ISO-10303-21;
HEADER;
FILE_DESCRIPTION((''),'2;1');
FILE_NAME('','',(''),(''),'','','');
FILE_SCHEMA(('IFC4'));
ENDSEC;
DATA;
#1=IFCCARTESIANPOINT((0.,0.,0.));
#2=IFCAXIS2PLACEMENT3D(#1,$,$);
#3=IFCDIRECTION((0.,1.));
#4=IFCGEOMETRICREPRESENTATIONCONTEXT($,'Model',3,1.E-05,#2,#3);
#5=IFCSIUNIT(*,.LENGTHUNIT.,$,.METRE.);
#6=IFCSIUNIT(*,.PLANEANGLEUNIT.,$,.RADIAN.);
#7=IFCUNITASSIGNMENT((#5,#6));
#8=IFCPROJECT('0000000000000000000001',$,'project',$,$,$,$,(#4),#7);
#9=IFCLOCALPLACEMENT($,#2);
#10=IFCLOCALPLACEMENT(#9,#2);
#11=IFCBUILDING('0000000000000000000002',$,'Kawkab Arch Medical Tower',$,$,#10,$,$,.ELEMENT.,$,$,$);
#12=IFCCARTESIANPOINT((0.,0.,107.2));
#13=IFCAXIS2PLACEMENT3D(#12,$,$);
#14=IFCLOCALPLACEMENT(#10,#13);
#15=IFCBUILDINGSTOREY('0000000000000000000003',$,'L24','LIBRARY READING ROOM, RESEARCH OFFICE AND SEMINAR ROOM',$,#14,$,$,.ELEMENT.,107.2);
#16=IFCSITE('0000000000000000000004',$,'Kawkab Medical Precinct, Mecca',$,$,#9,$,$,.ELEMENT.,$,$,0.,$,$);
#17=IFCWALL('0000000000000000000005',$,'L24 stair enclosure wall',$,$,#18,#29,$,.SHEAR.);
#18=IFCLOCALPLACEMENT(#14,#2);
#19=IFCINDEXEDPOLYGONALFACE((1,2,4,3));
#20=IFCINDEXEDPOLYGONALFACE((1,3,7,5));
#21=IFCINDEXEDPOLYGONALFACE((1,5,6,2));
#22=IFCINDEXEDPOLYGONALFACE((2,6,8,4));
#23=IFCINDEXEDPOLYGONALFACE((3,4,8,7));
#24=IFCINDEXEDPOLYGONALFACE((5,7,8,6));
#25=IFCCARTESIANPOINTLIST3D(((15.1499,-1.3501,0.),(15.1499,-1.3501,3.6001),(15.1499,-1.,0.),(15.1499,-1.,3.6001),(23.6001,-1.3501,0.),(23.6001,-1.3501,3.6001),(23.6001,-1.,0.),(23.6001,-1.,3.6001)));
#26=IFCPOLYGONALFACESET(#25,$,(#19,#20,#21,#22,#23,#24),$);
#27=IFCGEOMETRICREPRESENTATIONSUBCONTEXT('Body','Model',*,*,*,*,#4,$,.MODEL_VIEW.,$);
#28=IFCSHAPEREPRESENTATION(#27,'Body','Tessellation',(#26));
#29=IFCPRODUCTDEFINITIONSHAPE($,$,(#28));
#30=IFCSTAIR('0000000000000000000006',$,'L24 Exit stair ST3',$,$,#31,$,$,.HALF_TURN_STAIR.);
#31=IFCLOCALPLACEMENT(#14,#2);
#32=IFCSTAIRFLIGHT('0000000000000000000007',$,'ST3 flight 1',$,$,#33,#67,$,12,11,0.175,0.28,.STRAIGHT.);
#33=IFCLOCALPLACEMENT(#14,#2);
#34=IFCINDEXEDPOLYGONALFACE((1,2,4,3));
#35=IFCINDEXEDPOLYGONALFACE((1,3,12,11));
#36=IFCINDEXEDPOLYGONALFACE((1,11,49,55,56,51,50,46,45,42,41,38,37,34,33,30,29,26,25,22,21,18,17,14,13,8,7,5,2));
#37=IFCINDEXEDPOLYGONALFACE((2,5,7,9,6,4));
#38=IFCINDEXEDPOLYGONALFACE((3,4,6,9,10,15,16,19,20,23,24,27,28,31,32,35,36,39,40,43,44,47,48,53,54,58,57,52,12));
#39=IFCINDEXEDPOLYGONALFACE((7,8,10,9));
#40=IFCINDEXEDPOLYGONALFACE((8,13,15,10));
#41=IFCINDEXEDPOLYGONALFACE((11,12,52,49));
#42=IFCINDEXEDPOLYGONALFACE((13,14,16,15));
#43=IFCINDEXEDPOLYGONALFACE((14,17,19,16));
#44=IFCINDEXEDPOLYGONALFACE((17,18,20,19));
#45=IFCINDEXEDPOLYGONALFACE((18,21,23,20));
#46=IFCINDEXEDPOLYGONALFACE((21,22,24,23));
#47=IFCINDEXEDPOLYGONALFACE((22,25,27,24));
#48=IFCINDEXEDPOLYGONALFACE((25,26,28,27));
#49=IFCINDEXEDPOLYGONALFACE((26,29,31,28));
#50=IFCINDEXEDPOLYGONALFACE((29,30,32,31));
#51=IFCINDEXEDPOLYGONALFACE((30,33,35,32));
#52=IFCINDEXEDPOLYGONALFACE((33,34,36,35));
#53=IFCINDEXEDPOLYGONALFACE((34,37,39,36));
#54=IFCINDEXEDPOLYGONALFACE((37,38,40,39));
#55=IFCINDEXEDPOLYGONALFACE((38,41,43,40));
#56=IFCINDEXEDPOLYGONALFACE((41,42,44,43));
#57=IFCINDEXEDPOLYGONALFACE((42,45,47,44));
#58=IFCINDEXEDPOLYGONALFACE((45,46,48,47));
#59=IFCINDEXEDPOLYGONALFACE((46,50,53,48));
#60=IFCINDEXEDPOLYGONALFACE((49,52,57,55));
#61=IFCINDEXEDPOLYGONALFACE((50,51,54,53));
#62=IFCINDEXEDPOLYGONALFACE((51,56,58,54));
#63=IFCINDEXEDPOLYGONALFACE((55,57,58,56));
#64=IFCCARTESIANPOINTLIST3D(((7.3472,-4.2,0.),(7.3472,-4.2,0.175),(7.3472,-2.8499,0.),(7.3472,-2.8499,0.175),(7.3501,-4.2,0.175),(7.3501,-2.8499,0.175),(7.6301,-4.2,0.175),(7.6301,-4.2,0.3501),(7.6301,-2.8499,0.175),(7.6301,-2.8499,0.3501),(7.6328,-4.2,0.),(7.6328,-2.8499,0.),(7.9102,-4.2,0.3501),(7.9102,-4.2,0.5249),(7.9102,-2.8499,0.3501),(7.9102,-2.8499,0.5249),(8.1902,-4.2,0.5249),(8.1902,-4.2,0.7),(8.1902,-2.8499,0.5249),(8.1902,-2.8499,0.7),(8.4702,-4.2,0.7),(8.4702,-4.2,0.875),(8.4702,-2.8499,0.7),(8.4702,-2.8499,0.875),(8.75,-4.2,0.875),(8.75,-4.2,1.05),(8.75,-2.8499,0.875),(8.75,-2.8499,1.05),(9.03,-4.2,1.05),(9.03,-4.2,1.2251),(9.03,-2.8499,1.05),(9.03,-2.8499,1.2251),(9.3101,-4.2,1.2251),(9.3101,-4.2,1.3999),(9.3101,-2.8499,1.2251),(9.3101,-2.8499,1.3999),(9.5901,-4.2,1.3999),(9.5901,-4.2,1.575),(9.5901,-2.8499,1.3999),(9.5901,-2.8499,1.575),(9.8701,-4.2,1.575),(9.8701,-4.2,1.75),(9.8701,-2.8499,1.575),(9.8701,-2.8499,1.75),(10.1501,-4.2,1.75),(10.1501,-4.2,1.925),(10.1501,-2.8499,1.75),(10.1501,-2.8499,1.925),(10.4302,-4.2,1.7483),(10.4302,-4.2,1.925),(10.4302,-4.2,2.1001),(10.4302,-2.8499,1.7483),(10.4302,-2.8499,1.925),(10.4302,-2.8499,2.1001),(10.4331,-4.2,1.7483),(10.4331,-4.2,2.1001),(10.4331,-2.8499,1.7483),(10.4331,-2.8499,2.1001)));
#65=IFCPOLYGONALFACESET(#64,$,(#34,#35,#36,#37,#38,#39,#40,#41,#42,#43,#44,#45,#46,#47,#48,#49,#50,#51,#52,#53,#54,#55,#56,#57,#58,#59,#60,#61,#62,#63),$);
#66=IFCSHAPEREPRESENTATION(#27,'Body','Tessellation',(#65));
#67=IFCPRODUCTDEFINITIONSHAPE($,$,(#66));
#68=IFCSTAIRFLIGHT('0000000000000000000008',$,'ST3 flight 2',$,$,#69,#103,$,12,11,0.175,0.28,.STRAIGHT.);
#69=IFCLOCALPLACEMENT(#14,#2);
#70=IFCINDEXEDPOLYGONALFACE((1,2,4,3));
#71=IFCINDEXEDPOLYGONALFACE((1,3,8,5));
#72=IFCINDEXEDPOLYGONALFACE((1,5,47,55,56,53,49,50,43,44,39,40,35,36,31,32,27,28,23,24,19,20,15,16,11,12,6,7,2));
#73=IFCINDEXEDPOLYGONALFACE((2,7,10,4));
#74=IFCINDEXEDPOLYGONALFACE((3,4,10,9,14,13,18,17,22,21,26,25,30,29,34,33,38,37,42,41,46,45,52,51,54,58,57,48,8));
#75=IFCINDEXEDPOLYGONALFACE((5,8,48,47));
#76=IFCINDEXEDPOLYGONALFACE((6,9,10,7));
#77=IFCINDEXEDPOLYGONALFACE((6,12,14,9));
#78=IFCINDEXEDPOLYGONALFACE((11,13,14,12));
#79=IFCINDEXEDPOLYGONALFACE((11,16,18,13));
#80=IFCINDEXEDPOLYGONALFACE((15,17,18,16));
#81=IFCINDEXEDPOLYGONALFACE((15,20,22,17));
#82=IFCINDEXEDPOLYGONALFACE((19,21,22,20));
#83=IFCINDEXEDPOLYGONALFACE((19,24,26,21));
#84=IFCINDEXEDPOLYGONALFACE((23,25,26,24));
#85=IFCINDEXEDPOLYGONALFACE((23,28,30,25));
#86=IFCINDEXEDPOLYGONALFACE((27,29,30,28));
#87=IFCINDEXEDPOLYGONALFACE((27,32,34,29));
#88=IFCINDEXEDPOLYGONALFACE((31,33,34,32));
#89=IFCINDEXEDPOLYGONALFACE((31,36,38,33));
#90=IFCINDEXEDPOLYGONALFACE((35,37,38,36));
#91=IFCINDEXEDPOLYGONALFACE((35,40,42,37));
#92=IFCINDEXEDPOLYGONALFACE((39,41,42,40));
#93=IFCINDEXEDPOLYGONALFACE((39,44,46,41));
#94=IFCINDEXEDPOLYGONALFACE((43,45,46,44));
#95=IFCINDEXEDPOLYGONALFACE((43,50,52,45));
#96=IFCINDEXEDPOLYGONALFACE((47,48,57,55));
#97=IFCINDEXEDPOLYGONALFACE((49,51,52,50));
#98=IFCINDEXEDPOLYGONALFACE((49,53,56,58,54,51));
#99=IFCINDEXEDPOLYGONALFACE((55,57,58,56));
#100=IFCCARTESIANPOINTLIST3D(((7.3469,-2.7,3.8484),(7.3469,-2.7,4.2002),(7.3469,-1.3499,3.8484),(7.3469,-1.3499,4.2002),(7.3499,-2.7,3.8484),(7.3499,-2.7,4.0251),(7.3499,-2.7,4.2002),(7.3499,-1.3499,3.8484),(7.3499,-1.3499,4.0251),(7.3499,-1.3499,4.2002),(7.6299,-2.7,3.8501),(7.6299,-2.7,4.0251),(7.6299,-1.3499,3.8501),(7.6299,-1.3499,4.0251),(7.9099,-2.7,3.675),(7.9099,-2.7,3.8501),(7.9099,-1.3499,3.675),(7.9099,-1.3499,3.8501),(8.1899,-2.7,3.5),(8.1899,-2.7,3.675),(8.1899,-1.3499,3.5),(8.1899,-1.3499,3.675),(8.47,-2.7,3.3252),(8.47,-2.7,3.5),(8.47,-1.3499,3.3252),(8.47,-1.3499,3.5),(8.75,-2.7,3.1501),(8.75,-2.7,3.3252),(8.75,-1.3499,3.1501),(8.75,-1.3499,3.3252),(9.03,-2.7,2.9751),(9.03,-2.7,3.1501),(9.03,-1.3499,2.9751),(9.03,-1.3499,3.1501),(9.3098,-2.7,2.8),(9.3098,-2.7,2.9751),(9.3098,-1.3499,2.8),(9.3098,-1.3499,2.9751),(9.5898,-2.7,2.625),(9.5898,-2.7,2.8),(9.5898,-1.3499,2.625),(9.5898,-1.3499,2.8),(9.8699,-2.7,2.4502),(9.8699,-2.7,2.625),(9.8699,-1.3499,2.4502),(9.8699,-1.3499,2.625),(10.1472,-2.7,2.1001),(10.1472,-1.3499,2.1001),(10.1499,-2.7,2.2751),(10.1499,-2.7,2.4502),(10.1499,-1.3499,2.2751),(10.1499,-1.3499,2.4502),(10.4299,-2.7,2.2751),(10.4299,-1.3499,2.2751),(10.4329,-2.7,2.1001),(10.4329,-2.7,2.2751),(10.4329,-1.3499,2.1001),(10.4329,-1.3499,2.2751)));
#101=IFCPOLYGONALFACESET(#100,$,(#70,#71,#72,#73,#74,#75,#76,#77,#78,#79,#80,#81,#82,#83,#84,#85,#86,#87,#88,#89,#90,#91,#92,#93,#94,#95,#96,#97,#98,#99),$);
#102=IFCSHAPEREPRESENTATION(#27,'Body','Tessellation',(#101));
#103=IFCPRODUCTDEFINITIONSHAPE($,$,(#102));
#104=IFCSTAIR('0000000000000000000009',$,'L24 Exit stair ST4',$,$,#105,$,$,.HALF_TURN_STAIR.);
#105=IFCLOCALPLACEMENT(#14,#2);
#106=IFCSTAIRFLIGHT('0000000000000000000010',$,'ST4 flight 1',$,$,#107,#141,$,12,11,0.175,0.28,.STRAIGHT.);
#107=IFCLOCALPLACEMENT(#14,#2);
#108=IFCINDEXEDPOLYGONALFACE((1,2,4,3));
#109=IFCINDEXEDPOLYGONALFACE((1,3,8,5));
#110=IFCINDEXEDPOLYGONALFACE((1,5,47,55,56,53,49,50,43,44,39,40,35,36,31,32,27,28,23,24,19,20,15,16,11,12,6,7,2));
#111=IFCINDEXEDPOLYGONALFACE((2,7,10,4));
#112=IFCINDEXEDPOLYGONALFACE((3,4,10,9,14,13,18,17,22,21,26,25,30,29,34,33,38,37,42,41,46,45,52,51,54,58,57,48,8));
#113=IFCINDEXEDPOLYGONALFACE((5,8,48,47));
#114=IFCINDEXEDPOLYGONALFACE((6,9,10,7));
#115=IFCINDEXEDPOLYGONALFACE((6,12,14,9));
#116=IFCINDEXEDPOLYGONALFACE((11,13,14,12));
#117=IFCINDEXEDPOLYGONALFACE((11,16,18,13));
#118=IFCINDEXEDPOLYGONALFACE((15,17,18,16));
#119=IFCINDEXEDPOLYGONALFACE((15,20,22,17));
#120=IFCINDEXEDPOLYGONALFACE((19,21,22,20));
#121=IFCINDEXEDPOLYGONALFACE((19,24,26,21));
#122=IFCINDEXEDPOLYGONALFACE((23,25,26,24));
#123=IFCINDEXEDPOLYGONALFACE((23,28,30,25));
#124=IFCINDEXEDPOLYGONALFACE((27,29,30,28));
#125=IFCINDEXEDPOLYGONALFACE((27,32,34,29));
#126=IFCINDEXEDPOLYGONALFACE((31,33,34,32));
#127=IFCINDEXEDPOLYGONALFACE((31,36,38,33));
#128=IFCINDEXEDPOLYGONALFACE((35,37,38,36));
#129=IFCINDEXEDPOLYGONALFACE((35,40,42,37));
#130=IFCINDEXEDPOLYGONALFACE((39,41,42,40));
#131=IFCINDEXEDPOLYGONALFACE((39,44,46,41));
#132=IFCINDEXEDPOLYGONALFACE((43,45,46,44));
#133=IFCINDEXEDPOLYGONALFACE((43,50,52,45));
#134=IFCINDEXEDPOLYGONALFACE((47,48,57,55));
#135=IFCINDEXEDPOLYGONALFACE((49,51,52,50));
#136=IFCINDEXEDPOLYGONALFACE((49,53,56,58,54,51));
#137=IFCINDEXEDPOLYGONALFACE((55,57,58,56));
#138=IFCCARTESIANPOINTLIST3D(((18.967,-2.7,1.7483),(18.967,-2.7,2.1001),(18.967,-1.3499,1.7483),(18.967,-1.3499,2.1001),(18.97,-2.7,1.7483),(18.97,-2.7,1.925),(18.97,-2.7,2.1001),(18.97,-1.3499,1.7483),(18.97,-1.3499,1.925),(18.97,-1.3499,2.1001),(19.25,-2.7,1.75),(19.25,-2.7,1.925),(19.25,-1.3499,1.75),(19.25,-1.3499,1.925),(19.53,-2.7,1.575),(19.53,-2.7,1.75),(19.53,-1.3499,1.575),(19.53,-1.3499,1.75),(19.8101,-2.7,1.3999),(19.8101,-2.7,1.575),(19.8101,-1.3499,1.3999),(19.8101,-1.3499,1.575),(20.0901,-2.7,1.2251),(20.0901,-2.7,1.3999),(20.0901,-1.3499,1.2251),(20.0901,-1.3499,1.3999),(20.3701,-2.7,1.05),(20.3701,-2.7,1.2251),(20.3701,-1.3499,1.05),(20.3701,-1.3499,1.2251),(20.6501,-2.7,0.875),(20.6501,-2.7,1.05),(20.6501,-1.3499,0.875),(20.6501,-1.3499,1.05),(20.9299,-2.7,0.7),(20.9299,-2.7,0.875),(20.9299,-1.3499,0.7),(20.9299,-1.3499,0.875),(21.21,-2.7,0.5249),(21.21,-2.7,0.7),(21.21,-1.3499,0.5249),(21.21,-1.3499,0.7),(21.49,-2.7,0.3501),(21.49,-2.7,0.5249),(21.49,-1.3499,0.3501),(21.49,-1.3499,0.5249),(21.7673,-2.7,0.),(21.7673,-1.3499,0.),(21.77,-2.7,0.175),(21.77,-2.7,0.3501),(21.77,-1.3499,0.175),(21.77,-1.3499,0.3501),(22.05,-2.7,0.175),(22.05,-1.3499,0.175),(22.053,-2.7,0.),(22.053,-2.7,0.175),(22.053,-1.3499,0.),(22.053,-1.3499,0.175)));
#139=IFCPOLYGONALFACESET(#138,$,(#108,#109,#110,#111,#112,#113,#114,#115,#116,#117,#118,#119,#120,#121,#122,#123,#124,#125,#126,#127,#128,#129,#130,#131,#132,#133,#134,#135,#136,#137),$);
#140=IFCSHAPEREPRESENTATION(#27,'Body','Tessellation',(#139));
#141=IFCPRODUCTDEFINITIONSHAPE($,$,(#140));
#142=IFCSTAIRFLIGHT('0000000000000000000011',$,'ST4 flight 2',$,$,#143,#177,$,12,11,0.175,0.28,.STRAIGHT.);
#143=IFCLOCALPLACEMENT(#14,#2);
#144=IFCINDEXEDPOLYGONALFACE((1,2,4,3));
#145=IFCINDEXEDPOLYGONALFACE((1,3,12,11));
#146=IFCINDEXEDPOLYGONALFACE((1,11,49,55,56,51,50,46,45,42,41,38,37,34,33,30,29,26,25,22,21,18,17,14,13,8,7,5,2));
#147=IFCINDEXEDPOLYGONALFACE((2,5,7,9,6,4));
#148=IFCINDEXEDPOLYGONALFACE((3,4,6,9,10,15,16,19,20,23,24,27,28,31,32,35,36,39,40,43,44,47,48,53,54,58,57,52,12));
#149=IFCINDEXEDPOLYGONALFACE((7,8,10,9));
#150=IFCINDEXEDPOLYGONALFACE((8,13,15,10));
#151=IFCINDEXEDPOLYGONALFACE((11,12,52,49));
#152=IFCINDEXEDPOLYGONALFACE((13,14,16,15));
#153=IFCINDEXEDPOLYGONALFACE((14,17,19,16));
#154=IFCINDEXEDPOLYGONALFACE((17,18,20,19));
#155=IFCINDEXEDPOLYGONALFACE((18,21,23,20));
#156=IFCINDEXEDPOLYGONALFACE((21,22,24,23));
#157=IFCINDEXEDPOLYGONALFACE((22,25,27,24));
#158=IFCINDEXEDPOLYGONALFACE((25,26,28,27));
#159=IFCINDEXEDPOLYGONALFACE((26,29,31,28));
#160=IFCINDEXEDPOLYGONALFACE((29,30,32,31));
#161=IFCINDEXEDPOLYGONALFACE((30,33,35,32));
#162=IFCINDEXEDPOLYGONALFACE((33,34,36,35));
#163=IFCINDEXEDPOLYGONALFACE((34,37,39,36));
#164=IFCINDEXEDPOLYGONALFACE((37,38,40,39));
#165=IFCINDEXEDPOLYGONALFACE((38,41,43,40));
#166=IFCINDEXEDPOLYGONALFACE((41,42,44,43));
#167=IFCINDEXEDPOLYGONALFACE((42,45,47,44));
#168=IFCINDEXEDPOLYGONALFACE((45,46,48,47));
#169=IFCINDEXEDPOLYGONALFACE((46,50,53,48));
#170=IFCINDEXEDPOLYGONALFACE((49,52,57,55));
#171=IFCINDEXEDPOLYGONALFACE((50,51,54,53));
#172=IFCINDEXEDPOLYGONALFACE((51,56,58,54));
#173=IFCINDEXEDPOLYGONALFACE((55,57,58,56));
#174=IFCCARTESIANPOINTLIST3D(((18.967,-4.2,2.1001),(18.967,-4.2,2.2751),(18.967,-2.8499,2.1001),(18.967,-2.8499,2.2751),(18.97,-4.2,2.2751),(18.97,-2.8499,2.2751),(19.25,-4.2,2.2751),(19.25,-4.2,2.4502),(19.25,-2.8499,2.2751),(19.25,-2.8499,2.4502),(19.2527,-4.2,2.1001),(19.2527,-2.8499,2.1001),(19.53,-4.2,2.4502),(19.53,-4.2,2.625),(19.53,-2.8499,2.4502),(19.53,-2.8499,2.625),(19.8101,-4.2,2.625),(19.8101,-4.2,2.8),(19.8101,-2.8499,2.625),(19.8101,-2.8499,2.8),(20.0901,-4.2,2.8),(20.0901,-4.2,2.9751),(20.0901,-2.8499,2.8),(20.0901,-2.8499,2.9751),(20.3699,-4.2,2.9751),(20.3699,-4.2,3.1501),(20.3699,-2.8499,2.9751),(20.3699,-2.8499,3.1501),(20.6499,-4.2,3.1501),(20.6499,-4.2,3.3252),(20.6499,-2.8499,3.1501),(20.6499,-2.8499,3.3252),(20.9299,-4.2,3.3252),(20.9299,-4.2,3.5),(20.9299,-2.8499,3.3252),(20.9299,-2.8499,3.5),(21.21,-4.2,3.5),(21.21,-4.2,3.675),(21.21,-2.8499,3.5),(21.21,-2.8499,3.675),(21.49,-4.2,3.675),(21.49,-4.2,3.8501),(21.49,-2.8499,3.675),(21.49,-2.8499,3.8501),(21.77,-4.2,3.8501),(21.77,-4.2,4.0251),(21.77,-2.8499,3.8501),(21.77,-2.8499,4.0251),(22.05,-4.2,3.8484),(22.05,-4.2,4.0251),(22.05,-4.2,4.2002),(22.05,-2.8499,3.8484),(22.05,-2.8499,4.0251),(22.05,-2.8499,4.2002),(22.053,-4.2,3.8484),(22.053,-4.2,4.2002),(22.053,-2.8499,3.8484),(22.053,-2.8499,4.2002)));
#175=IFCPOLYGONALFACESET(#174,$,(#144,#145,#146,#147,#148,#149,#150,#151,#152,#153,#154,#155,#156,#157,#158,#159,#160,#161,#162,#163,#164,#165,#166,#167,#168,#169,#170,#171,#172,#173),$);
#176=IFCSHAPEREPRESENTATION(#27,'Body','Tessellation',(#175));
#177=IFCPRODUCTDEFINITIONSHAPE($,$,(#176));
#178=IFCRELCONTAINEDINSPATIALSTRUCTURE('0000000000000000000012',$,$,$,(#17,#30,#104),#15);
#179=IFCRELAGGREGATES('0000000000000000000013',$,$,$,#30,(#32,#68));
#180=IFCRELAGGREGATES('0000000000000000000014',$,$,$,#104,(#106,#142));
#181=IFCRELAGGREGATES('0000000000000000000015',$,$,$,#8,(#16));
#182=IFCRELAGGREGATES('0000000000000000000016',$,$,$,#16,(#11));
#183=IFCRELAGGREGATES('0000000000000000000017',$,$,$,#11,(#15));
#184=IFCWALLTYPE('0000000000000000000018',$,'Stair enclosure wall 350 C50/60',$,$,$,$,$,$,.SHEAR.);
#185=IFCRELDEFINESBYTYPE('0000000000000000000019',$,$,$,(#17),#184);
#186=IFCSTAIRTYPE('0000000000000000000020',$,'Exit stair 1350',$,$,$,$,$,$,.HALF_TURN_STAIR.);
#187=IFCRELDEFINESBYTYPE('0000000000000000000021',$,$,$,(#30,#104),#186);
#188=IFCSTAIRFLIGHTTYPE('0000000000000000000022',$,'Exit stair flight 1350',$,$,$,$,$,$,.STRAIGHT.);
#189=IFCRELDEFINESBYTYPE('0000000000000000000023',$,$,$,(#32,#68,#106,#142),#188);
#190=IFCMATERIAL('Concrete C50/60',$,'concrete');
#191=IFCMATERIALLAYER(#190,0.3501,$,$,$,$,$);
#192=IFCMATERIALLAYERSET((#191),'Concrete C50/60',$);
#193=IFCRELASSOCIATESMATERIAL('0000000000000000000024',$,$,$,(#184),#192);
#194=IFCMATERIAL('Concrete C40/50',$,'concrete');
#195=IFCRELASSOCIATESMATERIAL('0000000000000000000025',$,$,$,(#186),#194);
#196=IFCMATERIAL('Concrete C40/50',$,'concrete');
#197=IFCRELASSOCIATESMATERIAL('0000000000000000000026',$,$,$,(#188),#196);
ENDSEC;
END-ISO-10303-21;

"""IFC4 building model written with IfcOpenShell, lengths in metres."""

from ifc_helpers import new_model, si_unit, direction, frame, frame_2d, origin, place, context, subcontext, project, spatial, polyline, rectangle, outline, extrude, material, layer, layer_set, type_object, element, aggregate, save


model = new_model("IFC4")

# Units and contexts
model_context = context("Model", 3, precision=1e-05, world=origin(), true_north=direction((0.0, 1.0)))
body_context = subcontext(model_context, "Body", "Model", "MODEL_VIEW")
ifc_project = project(units=[si_unit("LENGTHUNIT", "METRE"), si_unit("PLANEANGLEUNIT", "RADIAN")], contexts=[model_context])

# Site, building, storey
site_placement = place(None, origin())
site = spatial("IfcSite", under=ifc_project, at=site_placement, Name="Kawkab Medical Precinct, Mecca", CompositionType="ELEMENT", RefElevation=0.0)
building_placement = place(site_placement, origin())
building = spatial("IfcBuilding", under=site, at=building_placement, Name="Kawkab Arch Medical Tower", CompositionType="ELEMENT")
storey_placement = place(building_placement, frame((0.0, 0.0, 107.2)))
storey = spatial("IfcBuildingStorey", under=building, at=storey_placement, Name="L24", Description="LIBRARY READING ROOM, RESEARCH OFFICE AND SEMINAR ROOM", CompositionType="ELEMENT", Elevation=107.2)

# Shared definitions
placement = place(storey_placement, origin())

# Wall
ifc_material_1 = material(Name="Concrete C50/60", Category="concrete")
ifc_layer_1 = layer(ifc_material_1, 0.3501)
ifc_layer_set_1 = layer_set([ifc_layer_1], Name="Concrete C50/60")
wall_type_1 = type_object("IfcWallType", Name="Stair enclosure wall 350 C50/60", PredefinedType="SHEAR", material=ifc_layer_set_1)
wall_1_placement = place(storey_placement, frame((15.1499, -1.175, 0.0), z_axis=(0.0, 0.0, 1.0), x_axis=(1.0, 0.0, 0.0)))
element("IfcWall", 1, at=wall_1_placement, inside=storey, type_object=wall_type_1, Name="L24 stair enclosure wall", PredefinedType="SHEAR", context=body_context, shape_type="SweptSolid", body=[
    extrude(rectangle(XDim=8.4502, YDim=0.3501, at=frame_2d((4.2251, 0.0))), origin(), (0.0, 0.0, 1.0), 3.6001),
])

# Stairs, stair flights
ifc_material_2 = material(Name="Concrete C40/50", Category="concrete")
stair_type = type_object("IfcStairType", Name="Exit stair 1350", PredefinedType="HALF_TURN_STAIR", material=ifc_material_2)
stair_1 = element("IfcStair", 2, at=placement, inside=storey, type_object=stair_type, Name="L24 Exit stair ST3", PredefinedType="HALF_TURN_STAIR")
ifc_material_3 = material(Name="Concrete C40/50", Category="concrete")
stair_flight_type = type_object("IfcStairFlightType", Name="Exit stair flight 1350", PredefinedType="STRAIGHT", material=ifc_material_3)
stair_flight_1_placement = place(storey_placement, frame((7.3501, -3.5249, 0.0), z_axis=(0.0, 0.0, 1.0), x_axis=(1.0, 0.0, 0.0)))
stair_flight_1 = element("IfcStairFlight", 3, at=stair_flight_1_placement, type_object=stair_flight_type, Name="ST3 flight 1", NumberOfRisers=12, NumberOfTreads=11, PredefinedType="STRAIGHT", RiserHeight=0.175, TreadLength=0.28, context=body_context, shape_type="SweptSolid", body=[
    extrude(outline(polyline([(-0.0029, 0.0), (-0.0029, 0.175), (0.0, 0.175), (0.28, 0.175), (0.28, 0.3501), (0.5601, 0.3501), (0.5601, 0.5249), (0.8401, 0.5249), (0.8401, 0.7), (1.1201, 0.7), (1.1201, 0.875), (1.3999, 0.875), (1.3999, 1.05), (1.6799, 1.05), (1.6799, 1.2251), (1.96, 1.2251), (1.96, 1.3999), (2.24, 1.3999), (2.24, 1.575), (2.52, 1.575), (2.52, 1.75), (2.8, 1.75), (2.8, 1.925), (3.0801, 1.925), (3.0801, 2.1001), (3.083, 2.1001), (3.083, 1.7483), (3.0801, 1.7483), (0.2827, 0.0), (-0.0029, 0.0)])), frame((0.0, 0.675, 0.0), z_axis=(0.0, -1.0, 0.0), x_axis=(1.0, 0.0, 0.0)), (0.0, 0.0, 1.0), 1.3501),
])
stair_flight_2_placement = place(storey_placement, frame((10.4299, -2.0249, 2.1001), z_axis=(0.0, 0.0, 1.0), x_axis=(-1.0, 0.0, 0.0)))
stair_flight_2 = element("IfcStairFlight", 4, at=stair_flight_2_placement, type_object=stair_flight_type, Name="ST3 flight 2", NumberOfRisers=12, NumberOfTreads=11, PredefinedType="STRAIGHT", RiserHeight=0.175, TreadLength=0.28, context=body_context, shape_type="SweptSolid", body=[
    extrude(outline(polyline([(-0.0029, 0.0), (-0.0029, 0.175), (0.0, 0.175), (0.28, 0.175), (0.28, 0.3501), (0.5601, 0.3501), (0.5601, 0.5249), (0.8401, 0.5249), (0.8401, 0.7), (1.1201, 0.7), (1.1201, 0.875), (1.3999, 0.875), (1.3999, 1.05), (1.6799, 1.05), (1.6799, 1.2251), (1.96, 1.2251), (1.96, 1.3999), (2.24, 1.3999), (2.24, 1.575), (2.52, 1.575), (2.52, 1.75), (2.8, 1.75), (2.8, 1.925), (3.0801, 1.925), (3.0801, 2.1001), (3.083, 2.1001), (3.083, 1.7483), (3.0801, 1.7483), (0.2827, 0.0), (-0.0029, 0.0)])), frame((0.0, 0.675, 0.0), z_axis=(0.0, -1.0, 0.0), x_axis=(1.0, 0.0, 0.0)), (0.0, 0.0, 1.0), 1.3501),
])
aggregate(stair_1, [stair_flight_1, stair_flight_2])
stair_2 = element("IfcStair", 5, at=placement, inside=storey, type_object=stair_type, Name="L24 Exit stair ST4", PredefinedType="HALF_TURN_STAIR")
stair_flight_3_placement = place(storey_placement, frame((22.05, -2.0249, 0.0), z_axis=(0.0, 0.0, 1.0), x_axis=(-1.0, 0.0, 0.0)))
stair_flight_3 = element("IfcStairFlight", 6, at=stair_flight_3_placement, type_object=stair_flight_type, Name="ST4 flight 1", NumberOfRisers=12, NumberOfTreads=11, PredefinedType="STRAIGHT", RiserHeight=0.175, TreadLength=0.28, context=body_context, shape_type="SweptSolid", body=[
    extrude(outline(polyline([(-0.0029, 0.0), (-0.0029, 0.175), (0.0, 0.175), (0.28, 0.175), (0.28, 0.3501), (0.5601, 0.3501), (0.5601, 0.5249), (0.8401, 0.5249), (0.8401, 0.7), (1.1201, 0.7), (1.1201, 0.875), (1.3999, 0.875), (1.3999, 1.05), (1.6799, 1.05), (1.6799, 1.2251), (1.96, 1.2251), (1.96, 1.3999), (2.24, 1.3999), (2.24, 1.575), (2.52, 1.575), (2.52, 1.75), (2.8, 1.75), (2.8, 1.925), (3.0801, 1.925), (3.0801, 2.1001), (3.083, 2.1001), (3.083, 1.7483), (3.0801, 1.7483), (0.2827, 0.0), (-0.0029, 0.0)])), frame((0.0, 0.675, 0.0), z_axis=(0.0, -1.0, 0.0), x_axis=(1.0, 0.0, 0.0)), (0.0, 0.0, 1.0), 1.3501),
])
stair_flight_4_placement = place(storey_placement, frame((18.97, -3.5249, 2.1001), z_axis=(0.0, 0.0, 1.0), x_axis=(1.0, 0.0, 0.0)))
stair_flight_4 = element("IfcStairFlight", 7, at=stair_flight_4_placement, type_object=stair_flight_type, Name="ST4 flight 2", NumberOfRisers=12, NumberOfTreads=11, PredefinedType="STRAIGHT", RiserHeight=0.175, TreadLength=0.28, context=body_context, shape_type="SweptSolid", body=[
    extrude(outline(polyline([(-0.0029, 0.0), (-0.0029, 0.175), (0.0, 0.175), (0.28, 0.175), (0.28, 0.3501), (0.5601, 0.3501), (0.5601, 0.5249), (0.8401, 0.5249), (0.8401, 0.7), (1.1201, 0.7), (1.1201, 0.875), (1.3999, 0.875), (1.3999, 1.05), (1.6799, 1.05), (1.6799, 1.2251), (1.96, 1.2251), (1.96, 1.3999), (2.24, 1.3999), (2.24, 1.575), (2.52, 1.575), (2.52, 1.75), (2.8, 1.75), (2.8, 1.925), (3.0801, 1.925), (3.0801, 2.1001), (3.083, 2.1001), (3.083, 1.7483), (3.0801, 1.7483), (0.2827, 0.0), (-0.0029, 0.0)])), frame((0.0, 0.675, 0.0), z_axis=(0.0, -1.0, 0.0), x_axis=(1.0, 0.0, 0.0)), (0.0, 0.0, 1.0), 1.3501),
])
aggregate(stair_2, [stair_flight_3, stair_flight_4])

save(model, "model.ifc")
